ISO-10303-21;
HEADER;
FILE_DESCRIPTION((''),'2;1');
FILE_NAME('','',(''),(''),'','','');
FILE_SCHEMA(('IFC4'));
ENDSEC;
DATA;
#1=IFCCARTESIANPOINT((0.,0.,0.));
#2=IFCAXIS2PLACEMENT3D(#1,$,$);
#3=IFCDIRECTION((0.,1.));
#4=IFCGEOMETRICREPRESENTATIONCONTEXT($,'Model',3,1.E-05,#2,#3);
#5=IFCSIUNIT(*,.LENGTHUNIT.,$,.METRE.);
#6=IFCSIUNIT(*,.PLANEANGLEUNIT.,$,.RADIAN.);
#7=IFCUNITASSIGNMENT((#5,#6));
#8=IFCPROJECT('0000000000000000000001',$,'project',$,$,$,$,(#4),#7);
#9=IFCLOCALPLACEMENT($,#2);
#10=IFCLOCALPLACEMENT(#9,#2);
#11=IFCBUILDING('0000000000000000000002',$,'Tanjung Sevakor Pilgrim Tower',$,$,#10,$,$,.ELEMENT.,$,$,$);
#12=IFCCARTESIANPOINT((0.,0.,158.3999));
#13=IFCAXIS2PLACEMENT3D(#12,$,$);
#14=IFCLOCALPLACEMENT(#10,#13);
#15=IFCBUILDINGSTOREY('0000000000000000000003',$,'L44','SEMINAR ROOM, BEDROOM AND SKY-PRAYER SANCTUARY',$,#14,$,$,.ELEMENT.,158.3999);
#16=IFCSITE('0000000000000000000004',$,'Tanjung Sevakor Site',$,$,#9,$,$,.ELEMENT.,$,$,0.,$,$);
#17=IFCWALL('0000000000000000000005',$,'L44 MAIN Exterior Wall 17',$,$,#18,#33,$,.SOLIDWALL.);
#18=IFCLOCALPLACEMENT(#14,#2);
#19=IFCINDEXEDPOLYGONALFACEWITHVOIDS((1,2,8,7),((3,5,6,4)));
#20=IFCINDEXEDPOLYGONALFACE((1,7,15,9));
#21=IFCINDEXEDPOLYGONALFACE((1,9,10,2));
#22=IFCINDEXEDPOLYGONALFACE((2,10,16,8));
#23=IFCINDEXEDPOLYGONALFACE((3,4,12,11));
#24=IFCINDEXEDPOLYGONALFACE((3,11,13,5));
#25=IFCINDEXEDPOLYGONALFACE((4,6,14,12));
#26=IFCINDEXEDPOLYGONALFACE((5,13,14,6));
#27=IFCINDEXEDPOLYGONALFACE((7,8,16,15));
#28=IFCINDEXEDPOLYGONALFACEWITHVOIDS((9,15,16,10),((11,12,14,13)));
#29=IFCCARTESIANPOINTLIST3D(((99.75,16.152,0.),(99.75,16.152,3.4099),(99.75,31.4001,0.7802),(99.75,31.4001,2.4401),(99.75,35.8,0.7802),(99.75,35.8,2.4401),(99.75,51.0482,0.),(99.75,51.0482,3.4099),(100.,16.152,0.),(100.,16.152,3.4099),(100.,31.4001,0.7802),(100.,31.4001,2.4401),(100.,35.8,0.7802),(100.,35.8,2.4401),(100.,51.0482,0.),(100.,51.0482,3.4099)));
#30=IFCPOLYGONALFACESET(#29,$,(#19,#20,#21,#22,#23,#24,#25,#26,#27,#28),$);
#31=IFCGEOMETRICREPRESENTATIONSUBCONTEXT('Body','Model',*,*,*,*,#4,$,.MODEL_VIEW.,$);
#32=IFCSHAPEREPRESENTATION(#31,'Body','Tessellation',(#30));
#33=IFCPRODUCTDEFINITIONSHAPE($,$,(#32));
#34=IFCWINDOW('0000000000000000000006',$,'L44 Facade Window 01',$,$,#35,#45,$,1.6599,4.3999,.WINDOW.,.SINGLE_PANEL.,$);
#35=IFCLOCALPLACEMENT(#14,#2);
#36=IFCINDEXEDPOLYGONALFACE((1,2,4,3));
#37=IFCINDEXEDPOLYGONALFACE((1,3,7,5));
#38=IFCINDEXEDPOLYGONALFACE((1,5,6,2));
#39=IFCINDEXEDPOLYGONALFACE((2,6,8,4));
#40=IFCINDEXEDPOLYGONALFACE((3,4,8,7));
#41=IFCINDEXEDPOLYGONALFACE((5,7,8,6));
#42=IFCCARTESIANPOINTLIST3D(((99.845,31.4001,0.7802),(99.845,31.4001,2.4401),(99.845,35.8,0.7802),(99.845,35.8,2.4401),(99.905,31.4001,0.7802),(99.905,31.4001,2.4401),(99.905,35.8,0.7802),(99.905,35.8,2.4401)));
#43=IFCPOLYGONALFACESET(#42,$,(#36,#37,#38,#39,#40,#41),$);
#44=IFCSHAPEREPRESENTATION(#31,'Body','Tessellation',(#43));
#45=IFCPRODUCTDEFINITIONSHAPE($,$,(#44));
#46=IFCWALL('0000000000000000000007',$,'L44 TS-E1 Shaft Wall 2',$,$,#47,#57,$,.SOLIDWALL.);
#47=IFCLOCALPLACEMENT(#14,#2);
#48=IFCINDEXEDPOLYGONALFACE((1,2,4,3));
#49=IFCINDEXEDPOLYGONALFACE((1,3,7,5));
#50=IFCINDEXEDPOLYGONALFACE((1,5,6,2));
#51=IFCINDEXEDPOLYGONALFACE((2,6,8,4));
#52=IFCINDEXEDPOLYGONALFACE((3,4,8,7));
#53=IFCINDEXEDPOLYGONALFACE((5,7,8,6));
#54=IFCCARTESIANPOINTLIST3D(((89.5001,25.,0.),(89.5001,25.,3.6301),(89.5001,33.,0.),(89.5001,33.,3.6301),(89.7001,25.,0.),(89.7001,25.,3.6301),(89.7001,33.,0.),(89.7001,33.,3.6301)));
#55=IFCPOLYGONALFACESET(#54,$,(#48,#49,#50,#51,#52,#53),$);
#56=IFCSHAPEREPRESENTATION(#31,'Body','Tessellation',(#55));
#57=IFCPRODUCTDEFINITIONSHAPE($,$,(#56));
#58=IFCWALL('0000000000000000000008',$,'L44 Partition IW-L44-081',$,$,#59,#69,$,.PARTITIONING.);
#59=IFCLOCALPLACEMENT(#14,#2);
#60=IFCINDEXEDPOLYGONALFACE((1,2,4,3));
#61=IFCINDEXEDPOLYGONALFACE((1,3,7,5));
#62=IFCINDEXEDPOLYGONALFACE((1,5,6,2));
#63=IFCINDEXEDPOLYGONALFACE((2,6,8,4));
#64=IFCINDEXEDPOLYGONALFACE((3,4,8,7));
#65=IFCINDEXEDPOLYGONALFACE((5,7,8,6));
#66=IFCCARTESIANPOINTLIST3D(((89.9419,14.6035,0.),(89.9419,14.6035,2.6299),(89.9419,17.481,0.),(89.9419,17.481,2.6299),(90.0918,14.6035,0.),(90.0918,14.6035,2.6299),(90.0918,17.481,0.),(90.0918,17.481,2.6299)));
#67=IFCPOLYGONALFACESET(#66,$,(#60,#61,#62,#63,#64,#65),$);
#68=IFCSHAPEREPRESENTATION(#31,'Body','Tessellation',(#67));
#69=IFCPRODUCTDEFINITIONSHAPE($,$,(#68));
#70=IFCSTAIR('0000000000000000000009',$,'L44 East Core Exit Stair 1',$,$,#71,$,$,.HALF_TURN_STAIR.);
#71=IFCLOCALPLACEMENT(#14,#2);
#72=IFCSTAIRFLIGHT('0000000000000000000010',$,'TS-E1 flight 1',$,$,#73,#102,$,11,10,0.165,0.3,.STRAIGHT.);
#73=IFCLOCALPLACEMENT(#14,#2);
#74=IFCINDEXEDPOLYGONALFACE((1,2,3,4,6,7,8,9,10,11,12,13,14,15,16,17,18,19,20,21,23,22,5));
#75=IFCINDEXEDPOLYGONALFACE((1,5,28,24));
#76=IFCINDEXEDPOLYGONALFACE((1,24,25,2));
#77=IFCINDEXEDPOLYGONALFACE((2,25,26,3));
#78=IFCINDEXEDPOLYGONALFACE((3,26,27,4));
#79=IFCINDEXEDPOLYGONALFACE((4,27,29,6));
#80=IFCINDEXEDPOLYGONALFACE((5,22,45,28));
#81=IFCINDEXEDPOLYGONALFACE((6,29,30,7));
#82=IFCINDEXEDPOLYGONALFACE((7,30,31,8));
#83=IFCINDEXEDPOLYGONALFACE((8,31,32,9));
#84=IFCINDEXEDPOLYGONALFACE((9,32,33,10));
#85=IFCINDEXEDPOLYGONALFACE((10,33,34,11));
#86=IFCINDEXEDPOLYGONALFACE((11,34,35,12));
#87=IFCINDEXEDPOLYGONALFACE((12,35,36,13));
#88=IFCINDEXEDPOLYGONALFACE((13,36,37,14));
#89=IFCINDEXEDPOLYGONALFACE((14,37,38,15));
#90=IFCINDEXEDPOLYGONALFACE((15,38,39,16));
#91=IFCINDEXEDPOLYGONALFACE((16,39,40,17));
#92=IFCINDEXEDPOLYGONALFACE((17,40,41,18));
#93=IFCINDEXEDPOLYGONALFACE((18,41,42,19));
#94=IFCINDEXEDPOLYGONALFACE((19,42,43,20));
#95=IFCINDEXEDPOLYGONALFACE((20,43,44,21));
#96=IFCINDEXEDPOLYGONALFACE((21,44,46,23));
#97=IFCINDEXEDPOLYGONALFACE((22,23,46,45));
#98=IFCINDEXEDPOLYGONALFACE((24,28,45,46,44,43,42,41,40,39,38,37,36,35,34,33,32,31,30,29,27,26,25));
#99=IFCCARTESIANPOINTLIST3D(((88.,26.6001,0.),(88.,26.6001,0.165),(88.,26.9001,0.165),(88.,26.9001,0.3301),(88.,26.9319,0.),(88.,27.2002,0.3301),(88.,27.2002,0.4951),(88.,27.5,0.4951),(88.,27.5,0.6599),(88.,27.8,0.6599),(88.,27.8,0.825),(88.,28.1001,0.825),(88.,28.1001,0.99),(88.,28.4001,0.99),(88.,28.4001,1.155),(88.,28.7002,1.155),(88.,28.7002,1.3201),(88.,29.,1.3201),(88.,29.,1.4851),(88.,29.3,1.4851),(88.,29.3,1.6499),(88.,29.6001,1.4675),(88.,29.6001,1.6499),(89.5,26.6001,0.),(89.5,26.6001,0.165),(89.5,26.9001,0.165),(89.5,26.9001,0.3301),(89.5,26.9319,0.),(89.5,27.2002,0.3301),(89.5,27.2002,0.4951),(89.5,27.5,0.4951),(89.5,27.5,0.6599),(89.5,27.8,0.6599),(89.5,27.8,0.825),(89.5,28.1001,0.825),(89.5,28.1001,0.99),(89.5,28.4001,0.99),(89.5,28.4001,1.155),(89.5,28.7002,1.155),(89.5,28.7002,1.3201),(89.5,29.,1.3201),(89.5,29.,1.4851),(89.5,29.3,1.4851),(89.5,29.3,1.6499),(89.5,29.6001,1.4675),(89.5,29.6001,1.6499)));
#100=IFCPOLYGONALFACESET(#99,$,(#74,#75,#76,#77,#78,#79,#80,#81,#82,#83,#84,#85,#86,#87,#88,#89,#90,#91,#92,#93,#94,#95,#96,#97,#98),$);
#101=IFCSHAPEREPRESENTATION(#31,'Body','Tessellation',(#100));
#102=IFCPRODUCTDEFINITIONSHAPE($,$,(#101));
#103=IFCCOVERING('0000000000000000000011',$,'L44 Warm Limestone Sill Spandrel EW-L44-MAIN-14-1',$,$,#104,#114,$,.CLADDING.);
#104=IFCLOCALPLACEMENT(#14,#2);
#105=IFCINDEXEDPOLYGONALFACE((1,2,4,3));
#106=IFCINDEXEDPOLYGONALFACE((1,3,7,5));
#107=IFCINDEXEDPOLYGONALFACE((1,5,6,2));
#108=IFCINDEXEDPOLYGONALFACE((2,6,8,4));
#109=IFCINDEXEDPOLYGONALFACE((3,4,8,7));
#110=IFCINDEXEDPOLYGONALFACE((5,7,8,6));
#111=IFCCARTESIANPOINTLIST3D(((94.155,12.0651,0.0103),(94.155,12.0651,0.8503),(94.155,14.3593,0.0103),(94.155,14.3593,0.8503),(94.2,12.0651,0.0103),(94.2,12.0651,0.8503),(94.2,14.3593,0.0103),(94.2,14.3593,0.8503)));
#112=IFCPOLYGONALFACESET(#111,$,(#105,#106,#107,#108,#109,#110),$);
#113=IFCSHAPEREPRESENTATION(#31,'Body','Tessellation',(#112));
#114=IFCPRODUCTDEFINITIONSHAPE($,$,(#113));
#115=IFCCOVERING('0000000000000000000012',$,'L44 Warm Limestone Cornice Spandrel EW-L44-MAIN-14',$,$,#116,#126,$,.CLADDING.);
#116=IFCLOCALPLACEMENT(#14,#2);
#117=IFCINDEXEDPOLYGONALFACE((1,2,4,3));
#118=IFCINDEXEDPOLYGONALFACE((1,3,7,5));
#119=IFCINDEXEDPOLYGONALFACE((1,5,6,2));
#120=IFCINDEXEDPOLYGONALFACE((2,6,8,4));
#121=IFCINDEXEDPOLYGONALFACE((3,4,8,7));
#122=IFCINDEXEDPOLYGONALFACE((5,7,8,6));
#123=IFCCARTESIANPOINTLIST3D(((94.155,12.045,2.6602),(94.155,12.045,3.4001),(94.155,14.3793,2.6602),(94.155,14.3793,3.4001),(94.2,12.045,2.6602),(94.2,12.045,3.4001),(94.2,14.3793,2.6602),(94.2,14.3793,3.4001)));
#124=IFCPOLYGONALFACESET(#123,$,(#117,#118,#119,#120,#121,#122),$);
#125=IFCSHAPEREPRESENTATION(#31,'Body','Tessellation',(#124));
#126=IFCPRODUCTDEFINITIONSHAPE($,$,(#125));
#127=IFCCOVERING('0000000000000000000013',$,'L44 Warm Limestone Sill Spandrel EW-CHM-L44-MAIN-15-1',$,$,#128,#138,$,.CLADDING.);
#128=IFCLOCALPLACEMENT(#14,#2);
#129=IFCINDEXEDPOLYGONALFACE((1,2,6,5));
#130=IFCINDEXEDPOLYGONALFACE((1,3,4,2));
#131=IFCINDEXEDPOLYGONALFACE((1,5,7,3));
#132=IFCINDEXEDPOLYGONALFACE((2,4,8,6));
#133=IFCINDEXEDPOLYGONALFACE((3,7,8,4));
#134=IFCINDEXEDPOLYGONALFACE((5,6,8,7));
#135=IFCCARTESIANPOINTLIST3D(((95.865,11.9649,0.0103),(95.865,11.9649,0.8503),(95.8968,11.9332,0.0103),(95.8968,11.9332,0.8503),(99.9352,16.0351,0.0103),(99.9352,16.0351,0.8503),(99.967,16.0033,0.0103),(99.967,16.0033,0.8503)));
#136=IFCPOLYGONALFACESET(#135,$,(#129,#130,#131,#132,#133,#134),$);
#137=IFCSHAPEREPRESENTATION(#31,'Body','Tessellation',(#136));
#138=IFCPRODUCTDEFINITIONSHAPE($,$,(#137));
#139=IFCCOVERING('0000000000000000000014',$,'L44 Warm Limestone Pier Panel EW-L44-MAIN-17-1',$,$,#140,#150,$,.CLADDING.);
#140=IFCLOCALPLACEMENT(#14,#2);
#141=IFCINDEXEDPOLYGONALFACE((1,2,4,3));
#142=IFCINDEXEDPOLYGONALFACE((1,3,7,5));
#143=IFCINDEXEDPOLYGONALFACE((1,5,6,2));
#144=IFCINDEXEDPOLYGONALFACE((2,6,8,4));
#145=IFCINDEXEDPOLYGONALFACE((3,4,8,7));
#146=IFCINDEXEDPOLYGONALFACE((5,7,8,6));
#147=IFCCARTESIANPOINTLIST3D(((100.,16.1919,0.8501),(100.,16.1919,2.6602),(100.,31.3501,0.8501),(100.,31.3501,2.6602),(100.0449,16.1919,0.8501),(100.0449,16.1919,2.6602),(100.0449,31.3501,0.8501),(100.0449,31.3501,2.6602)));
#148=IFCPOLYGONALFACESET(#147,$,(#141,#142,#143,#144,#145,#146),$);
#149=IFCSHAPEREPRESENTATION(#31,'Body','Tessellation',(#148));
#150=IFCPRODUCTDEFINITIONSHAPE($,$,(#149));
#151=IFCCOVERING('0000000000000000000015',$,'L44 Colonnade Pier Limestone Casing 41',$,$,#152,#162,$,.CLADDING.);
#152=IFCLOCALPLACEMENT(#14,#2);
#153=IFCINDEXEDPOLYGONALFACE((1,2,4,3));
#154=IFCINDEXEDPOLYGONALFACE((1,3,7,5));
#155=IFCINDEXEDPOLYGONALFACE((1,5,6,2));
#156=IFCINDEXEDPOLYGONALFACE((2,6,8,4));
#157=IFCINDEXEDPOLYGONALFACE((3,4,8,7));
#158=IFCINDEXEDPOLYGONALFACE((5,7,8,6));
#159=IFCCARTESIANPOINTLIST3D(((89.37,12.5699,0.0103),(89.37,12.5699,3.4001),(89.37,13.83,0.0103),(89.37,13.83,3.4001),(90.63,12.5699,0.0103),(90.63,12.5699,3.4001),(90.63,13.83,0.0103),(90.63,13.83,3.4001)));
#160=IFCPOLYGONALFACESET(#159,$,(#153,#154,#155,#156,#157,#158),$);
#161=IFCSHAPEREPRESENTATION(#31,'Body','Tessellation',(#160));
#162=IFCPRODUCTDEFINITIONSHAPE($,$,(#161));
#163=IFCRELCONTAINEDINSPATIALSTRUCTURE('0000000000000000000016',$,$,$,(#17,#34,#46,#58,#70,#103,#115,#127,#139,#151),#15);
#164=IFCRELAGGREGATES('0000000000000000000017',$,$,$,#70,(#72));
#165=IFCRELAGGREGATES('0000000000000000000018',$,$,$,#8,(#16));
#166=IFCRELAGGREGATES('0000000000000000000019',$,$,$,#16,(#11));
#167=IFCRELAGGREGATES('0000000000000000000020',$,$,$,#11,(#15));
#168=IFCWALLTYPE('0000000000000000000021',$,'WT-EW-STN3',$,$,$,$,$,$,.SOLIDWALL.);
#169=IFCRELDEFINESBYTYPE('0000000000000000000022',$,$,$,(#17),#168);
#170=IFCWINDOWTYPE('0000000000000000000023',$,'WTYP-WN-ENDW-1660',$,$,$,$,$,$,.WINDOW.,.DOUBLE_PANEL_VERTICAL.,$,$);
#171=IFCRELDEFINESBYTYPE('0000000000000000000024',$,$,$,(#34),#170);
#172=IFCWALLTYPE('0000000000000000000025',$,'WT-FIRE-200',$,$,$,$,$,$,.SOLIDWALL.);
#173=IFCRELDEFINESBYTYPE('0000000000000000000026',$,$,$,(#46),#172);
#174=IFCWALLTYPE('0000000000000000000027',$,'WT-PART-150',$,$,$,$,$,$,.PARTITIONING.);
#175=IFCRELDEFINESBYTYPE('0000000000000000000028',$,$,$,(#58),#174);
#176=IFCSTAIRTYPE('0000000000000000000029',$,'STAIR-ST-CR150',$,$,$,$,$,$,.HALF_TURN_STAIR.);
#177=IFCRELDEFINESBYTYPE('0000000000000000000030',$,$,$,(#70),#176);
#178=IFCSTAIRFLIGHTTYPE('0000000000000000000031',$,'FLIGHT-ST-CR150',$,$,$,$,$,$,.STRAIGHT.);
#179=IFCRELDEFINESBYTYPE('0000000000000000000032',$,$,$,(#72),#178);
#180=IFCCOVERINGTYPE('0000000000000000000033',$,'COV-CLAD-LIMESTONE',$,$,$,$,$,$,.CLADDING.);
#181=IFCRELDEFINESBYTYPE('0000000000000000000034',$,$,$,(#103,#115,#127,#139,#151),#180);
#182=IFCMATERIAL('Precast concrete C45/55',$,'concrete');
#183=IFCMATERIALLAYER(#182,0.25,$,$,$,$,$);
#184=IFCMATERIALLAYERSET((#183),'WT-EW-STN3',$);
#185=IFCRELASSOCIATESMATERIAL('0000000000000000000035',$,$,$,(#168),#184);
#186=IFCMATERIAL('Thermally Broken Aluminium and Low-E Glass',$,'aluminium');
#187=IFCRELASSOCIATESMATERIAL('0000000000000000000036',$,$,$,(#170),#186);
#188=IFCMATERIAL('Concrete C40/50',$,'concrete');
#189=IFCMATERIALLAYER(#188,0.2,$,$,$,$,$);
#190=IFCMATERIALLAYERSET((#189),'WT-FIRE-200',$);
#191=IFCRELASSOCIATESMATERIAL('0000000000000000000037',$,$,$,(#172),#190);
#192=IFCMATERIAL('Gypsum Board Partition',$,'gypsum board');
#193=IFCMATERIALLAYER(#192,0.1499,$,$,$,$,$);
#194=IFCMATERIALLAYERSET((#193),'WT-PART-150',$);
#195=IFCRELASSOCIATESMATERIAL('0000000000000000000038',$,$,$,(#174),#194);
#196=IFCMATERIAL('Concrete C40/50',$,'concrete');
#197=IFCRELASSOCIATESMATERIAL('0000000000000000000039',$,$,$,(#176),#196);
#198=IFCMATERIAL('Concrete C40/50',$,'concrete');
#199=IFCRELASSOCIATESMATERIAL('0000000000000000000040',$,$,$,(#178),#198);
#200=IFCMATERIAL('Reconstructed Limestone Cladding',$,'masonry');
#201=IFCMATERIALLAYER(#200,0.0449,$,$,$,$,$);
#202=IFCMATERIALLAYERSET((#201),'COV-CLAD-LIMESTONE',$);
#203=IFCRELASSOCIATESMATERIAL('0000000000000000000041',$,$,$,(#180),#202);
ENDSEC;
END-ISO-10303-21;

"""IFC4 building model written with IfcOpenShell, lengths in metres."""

from ifc_helpers import new_model, si_unit, direction, frame, frame_2d, origin, origin_2d, place, context, subcontext, project, spatial, polyline, rectangle, outline, extrude, material, layer, layer_set, type_object, element, fill, aggregate, save


model = new_model("IFC4")

# Units and contexts
model_context = context("Model", 3, precision=1e-05, world=origin(), true_north=direction((0.0, 1.0)))
body_context = subcontext(model_context, "Body", "Model", "MODEL_VIEW")
ifc_project = project(units=[si_unit("LENGTHUNIT", "METRE"), si_unit("PLANEANGLEUNIT", "RADIAN")], contexts=[model_context])

# Site, building, storey
site_placement = place(None, origin())
site = spatial("IfcSite", under=ifc_project, at=site_placement, Name="Tanjung Sevakor Site", CompositionType="ELEMENT", RefElevation=0.0)
building_placement = place(site_placement, origin())
building = spatial("IfcBuilding", under=site, at=building_placement, Name="Tanjung Sevakor Pilgrim Tower", CompositionType="ELEMENT")
storey_placement = place(building_placement, frame((0.0, 0.0, 158.3999)))
storey = spatial("IfcBuildingStorey", under=building, at=storey_placement, Name="L44", Description="SEMINAR ROOM, BEDROOM AND SKY-PRAYER SANCTUARY", CompositionType="ELEMENT", Elevation=158.3999)

# Wall, opening, window
ifc_material_1 = material(Name="Precast concrete C45/55", Category="concrete")
ifc_layer_1 = layer(ifc_material_1, 0.25)
ifc_layer_set_1 = layer_set([ifc_layer_1], Name="WT-EW-STN3")
wall_type_1 = type_object("IfcWallType", Name="WT-EW-STN3", PredefinedType="SOLIDWALL", material=ifc_layer_set_1)
wall_1_placement = place(storey_placement, frame((99.875, 16.1519, 0.0), z_axis=(0.0, 0.0, 1.0), x_axis=(0.0, 1.0, 0.0)))
wall_1 = element("IfcWall", 1, at=wall_1_placement, inside=storey, type_object=wall_type_1, Name="L44 MAIN Exterior Wall 17", PredefinedType="SOLIDWALL", context=body_context, shape_type="SweptSolid", body=[
    extrude(rectangle(XDim=34.8962, YDim=0.25, at=frame_2d((17.4482, 0.0))), origin(), (0.0, 0.0, 1.0), 3.4099),
])
opening_1_placement = place(wall_1_placement, frame((15.2483, 0.0, 0.78)))
opening_1 = element("IfcOpeningElement", 2, at=opening_1_placement, cuts=wall_1, PredefinedType="OPENING", context=body_context, shape_type="SweptSolid", body=[
    extrude(rectangle(XDim=4.3999, YDim=1.6599, at=frame_2d((2.2, 0.8301))), frame((0.0, 0.135, 0.0), z_axis=(0.0, -1.0, 0.0), x_axis=(1.0, 0.0, 0.0)), (0.0, 0.0, 1.0), 0.27),
])
ifc_material_2 = material(Name="Thermally Broken Aluminium and Low-E Glass", Category="aluminium")
window_type_1 = type_object("IfcWindowType", Name="WTYP-WN-ENDW-1660", PartitioningType="DOUBLE_PANEL_VERTICAL", PredefinedType="WINDOW", material=ifc_material_2)
window_1_placement = place(opening_1_placement, origin())
window_1 = element("IfcWindow", 3, at=window_1_placement, inside=storey, type_object=window_type_1, Name="L44 Facade Window 01", OverallHeight=1.6599, OverallWidth=4.3999, PartitioningType="SINGLE_PANEL", PredefinedType="WINDOW", context=body_context, shape_type="SweptSolid", body=[
    extrude(rectangle(XDim=4.3999, YDim=1.6599, at=frame_2d((2.2, 0.8301))), frame((0.0, 0.03, 0.0), z_axis=(0.0, -1.0, 0.0), x_axis=(1.0, 0.0, 0.0)), (0.0, 0.0, 1.0), 0.0601),
])
fill(opening_1, window_1)

# Walls
ifc_material_3 = material(Name="Concrete C40/50", Category="concrete")
ifc_layer_2 = layer(ifc_material_3, 0.2)
ifc_layer_set_2 = layer_set([ifc_layer_2], Name="WT-FIRE-200")
wall_type_2 = type_object("IfcWallType", Name="WT-FIRE-200", PredefinedType="SOLIDWALL", material=ifc_layer_set_2)
wall_2_placement = place(storey_placement, frame((89.6001, 25.0, 0.0), z_axis=(0.0, 0.0, 1.0), x_axis=(0.0, 1.0, 0.0)))
element("IfcWall", 4, at=wall_2_placement, inside=storey, type_object=wall_type_2, Name="L44 TS-E1 Shaft Wall 2", PredefinedType="SOLIDWALL", context=body_context, shape_type="SweptSolid", body=[
    extrude(rectangle(XDim=8.0, YDim=0.2, at=frame_2d((4.0, 0.0))), origin(), (0.0, 0.0, 1.0), 3.6301),
])
ifc_material_4 = material(Name="Gypsum Board Partition", Category="gypsum board")
ifc_layer_3 = layer(ifc_material_4, 0.1499)
ifc_layer_set_3 = layer_set([ifc_layer_3], Name="WT-PART-150")
wall_type_3 = type_object("IfcWallType", Name="WT-PART-150", PredefinedType="PARTITIONING", material=ifc_layer_set_3)
wall_3_placement = place(storey_placement, frame((90.0168, 14.6035, 0.0), z_axis=(0.0, 0.0, 1.0), x_axis=(0.0, 1.0, 0.0)))
element("IfcWall", 5, at=wall_3_placement, inside=storey, type_object=wall_type_3, Name="L44 Partition IW-L44-081", PredefinedType="PARTITIONING", context=body_context, shape_type="SweptSolid", body=[
    extrude(rectangle(XDim=2.8774, YDim=0.1499, at=frame_2d((1.4387, 0.0))), origin(), (0.0, 0.0, 1.0), 2.6299),
])

# Stair, stair flight
ifc_material_5 = material(Name="Concrete C40/50", Category="concrete")
stair_type = type_object("IfcStairType", Name="STAIR-ST-CR150", PredefinedType="HALF_TURN_STAIR", material=ifc_material_5)
stair_placement = place(storey_placement, origin())
stair = element("IfcStair", 6, at=stair_placement, inside=storey, type_object=stair_type, Name="L44 East Core Exit Stair 1", PredefinedType="HALF_TURN_STAIR")
ifc_material_6 = material(Name="Concrete C40/50", Category="concrete")
stair_flight_type = type_object("IfcStairFlightType", Name="FLIGHT-ST-CR150", PredefinedType="STRAIGHT", material=ifc_material_6)
stair_flight_placement = place(storey_placement, frame((88.75, 26.6001, 0.0), z_axis=(0.0, 0.0, 1.0), x_axis=(0.0, 1.0, 0.0)))
stair_flight = element("IfcStairFlight", 7, at=stair_flight_placement, type_object=stair_flight_type, Name="TS-E1 flight 1", NumberOfRisers=11, NumberOfTreads=10, PredefinedType="STRAIGHT", RiserHeight=0.165, TreadLength=0.3, context=body_context, shape_type="SweptSolid", body=[
    extrude(outline(polyline([(0.0, 0.0), (0.0, 0.165), (0.3, 0.165), (0.3, 0.3301), (0.6001, 0.3301), (0.6001, 0.4951), (0.8999, 0.4951), (0.8999, 0.6599), (1.2, 0.6599), (1.2, 0.825), (1.5, 0.825), (1.5, 0.99), (1.8, 0.99), (1.8, 1.155), (2.1001, 1.155), (2.1001, 1.3201), (2.3999, 1.3201), (2.3999, 1.4851), (2.7, 1.4851), (2.7, 1.6499), (3.0, 1.6499), (3.0, 1.8149), (3.0, 1.4675), (0.3318, 0.0), (0.0, 0.0)])), frame((0.0, 0.75, 0.0), z_axis=(0.0, -1.0, 0.0), x_axis=(1.0, 0.0, 0.0)), (0.0, 0.0, 1.0), 1.5),
])
aggregate(stair, [stair_flight])

# Coverings
ifc_material_7 = material(Name="Reconstructed Limestone Cladding", Category="masonry")
ifc_layer_4 = layer(ifc_material_7, 0.0449)
ifc_layer_set_4 = layer_set([ifc_layer_4], Name="COV-CLAD-LIMESTONE")
covering_type = type_object("IfcCoveringType", Name="COV-CLAD-LIMESTONE", PredefinedType="CLADDING", material=ifc_layer_set_4)
covering_1_placement = place(storey_placement, frame((94.1775, 13.2122, 0.0103), z_axis=(0.0, 0.0, 1.0), x_axis=(0.0, -1.0, 0.0)))
element("IfcCovering", 8, at=covering_1_placement, inside=storey, type_object=covering_type, Name="L44 Warm Limestone Sill Spandrel EW-L44-MAIN-14-1", PredefinedType="CLADDING", context=body_context, shape_type="SweptSolid", body=[
    extrude(rectangle(XDim=2.2942, YDim=0.0449, at=origin_2d()), origin(), (0.0, 0.0, 1.0), 0.8401),
])
covering_2_placement = place(storey_placement, frame((94.1775, 13.2122, 2.6602), z_axis=(0.0, 0.0, 1.0), x_axis=(0.0, -1.0, 0.0)))
element("IfcCovering", 9, at=covering_2_placement, inside=storey, type_object=covering_type, Name="L44 Warm Limestone Cornice Spandrel EW-L44-MAIN-14", PredefinedType="CLADDING", context=body_context, shape_type="SweptSolid", body=[
    extrude(rectangle(XDim=2.3342, YDim=0.0449, at=origin_2d()), origin(), (0.0, 0.0, 1.0), 0.74),
])
covering_3_placement = place(storey_placement, frame((97.916, 13.9841, 0.0103), z_axis=(0.0, 0.0, 1.0), x_axis=(0.707107, 0.707107, 0.0)))
element("IfcCovering", 10, at=covering_3_placement, inside=storey, type_object=covering_type, Name="L44 Warm Limestone Sill Spandrel EW-CHM-L44-MAIN-15-1", PredefinedType="CLADDING", context=body_context, shape_type="SweptSolid", body=[
    extrude(rectangle(XDim=5.7561, YDim=0.0449, at=origin_2d()), origin(), (0.0, 0.0, 1.0), 0.8401),
])
covering_4_placement = place(storey_placement, frame((100.0225, 23.771, 0.8501), z_axis=(0.0, 0.0, 1.0), x_axis=(0.0, 1.0, 0.0)))
element("IfcCovering", 11, at=covering_4_placement, inside=storey, type_object=covering_type, Name="L44 Warm Limestone Pier Panel EW-L44-MAIN-17-1", PredefinedType="CLADDING", context=body_context, shape_type="SweptSolid", body=[
    extrude(rectangle(XDim=15.1582, YDim=0.0449, at=origin_2d()), origin(), (0.0, 0.0, 1.0), 1.8101),
])
covering_5_placement = place(storey_placement, frame((90.0, 13.2, 0.0103), z_axis=(0.0, 0.0, 1.0), x_axis=(1.0, 0.0, 0.0)))
element("IfcCovering", 12, at=covering_5_placement, inside=storey, type_object=covering_type, Name="L44 Colonnade Pier Limestone Casing 41", PredefinedType="CLADDING", context=body_context, shape_type="SweptSolid", body=[
    extrude(rectangle(XDim=1.26, YDim=1.26, at=origin_2d()), origin(), (0.0, 0.0, 1.0), 3.3899),
])

save(model, "model.ifc")
